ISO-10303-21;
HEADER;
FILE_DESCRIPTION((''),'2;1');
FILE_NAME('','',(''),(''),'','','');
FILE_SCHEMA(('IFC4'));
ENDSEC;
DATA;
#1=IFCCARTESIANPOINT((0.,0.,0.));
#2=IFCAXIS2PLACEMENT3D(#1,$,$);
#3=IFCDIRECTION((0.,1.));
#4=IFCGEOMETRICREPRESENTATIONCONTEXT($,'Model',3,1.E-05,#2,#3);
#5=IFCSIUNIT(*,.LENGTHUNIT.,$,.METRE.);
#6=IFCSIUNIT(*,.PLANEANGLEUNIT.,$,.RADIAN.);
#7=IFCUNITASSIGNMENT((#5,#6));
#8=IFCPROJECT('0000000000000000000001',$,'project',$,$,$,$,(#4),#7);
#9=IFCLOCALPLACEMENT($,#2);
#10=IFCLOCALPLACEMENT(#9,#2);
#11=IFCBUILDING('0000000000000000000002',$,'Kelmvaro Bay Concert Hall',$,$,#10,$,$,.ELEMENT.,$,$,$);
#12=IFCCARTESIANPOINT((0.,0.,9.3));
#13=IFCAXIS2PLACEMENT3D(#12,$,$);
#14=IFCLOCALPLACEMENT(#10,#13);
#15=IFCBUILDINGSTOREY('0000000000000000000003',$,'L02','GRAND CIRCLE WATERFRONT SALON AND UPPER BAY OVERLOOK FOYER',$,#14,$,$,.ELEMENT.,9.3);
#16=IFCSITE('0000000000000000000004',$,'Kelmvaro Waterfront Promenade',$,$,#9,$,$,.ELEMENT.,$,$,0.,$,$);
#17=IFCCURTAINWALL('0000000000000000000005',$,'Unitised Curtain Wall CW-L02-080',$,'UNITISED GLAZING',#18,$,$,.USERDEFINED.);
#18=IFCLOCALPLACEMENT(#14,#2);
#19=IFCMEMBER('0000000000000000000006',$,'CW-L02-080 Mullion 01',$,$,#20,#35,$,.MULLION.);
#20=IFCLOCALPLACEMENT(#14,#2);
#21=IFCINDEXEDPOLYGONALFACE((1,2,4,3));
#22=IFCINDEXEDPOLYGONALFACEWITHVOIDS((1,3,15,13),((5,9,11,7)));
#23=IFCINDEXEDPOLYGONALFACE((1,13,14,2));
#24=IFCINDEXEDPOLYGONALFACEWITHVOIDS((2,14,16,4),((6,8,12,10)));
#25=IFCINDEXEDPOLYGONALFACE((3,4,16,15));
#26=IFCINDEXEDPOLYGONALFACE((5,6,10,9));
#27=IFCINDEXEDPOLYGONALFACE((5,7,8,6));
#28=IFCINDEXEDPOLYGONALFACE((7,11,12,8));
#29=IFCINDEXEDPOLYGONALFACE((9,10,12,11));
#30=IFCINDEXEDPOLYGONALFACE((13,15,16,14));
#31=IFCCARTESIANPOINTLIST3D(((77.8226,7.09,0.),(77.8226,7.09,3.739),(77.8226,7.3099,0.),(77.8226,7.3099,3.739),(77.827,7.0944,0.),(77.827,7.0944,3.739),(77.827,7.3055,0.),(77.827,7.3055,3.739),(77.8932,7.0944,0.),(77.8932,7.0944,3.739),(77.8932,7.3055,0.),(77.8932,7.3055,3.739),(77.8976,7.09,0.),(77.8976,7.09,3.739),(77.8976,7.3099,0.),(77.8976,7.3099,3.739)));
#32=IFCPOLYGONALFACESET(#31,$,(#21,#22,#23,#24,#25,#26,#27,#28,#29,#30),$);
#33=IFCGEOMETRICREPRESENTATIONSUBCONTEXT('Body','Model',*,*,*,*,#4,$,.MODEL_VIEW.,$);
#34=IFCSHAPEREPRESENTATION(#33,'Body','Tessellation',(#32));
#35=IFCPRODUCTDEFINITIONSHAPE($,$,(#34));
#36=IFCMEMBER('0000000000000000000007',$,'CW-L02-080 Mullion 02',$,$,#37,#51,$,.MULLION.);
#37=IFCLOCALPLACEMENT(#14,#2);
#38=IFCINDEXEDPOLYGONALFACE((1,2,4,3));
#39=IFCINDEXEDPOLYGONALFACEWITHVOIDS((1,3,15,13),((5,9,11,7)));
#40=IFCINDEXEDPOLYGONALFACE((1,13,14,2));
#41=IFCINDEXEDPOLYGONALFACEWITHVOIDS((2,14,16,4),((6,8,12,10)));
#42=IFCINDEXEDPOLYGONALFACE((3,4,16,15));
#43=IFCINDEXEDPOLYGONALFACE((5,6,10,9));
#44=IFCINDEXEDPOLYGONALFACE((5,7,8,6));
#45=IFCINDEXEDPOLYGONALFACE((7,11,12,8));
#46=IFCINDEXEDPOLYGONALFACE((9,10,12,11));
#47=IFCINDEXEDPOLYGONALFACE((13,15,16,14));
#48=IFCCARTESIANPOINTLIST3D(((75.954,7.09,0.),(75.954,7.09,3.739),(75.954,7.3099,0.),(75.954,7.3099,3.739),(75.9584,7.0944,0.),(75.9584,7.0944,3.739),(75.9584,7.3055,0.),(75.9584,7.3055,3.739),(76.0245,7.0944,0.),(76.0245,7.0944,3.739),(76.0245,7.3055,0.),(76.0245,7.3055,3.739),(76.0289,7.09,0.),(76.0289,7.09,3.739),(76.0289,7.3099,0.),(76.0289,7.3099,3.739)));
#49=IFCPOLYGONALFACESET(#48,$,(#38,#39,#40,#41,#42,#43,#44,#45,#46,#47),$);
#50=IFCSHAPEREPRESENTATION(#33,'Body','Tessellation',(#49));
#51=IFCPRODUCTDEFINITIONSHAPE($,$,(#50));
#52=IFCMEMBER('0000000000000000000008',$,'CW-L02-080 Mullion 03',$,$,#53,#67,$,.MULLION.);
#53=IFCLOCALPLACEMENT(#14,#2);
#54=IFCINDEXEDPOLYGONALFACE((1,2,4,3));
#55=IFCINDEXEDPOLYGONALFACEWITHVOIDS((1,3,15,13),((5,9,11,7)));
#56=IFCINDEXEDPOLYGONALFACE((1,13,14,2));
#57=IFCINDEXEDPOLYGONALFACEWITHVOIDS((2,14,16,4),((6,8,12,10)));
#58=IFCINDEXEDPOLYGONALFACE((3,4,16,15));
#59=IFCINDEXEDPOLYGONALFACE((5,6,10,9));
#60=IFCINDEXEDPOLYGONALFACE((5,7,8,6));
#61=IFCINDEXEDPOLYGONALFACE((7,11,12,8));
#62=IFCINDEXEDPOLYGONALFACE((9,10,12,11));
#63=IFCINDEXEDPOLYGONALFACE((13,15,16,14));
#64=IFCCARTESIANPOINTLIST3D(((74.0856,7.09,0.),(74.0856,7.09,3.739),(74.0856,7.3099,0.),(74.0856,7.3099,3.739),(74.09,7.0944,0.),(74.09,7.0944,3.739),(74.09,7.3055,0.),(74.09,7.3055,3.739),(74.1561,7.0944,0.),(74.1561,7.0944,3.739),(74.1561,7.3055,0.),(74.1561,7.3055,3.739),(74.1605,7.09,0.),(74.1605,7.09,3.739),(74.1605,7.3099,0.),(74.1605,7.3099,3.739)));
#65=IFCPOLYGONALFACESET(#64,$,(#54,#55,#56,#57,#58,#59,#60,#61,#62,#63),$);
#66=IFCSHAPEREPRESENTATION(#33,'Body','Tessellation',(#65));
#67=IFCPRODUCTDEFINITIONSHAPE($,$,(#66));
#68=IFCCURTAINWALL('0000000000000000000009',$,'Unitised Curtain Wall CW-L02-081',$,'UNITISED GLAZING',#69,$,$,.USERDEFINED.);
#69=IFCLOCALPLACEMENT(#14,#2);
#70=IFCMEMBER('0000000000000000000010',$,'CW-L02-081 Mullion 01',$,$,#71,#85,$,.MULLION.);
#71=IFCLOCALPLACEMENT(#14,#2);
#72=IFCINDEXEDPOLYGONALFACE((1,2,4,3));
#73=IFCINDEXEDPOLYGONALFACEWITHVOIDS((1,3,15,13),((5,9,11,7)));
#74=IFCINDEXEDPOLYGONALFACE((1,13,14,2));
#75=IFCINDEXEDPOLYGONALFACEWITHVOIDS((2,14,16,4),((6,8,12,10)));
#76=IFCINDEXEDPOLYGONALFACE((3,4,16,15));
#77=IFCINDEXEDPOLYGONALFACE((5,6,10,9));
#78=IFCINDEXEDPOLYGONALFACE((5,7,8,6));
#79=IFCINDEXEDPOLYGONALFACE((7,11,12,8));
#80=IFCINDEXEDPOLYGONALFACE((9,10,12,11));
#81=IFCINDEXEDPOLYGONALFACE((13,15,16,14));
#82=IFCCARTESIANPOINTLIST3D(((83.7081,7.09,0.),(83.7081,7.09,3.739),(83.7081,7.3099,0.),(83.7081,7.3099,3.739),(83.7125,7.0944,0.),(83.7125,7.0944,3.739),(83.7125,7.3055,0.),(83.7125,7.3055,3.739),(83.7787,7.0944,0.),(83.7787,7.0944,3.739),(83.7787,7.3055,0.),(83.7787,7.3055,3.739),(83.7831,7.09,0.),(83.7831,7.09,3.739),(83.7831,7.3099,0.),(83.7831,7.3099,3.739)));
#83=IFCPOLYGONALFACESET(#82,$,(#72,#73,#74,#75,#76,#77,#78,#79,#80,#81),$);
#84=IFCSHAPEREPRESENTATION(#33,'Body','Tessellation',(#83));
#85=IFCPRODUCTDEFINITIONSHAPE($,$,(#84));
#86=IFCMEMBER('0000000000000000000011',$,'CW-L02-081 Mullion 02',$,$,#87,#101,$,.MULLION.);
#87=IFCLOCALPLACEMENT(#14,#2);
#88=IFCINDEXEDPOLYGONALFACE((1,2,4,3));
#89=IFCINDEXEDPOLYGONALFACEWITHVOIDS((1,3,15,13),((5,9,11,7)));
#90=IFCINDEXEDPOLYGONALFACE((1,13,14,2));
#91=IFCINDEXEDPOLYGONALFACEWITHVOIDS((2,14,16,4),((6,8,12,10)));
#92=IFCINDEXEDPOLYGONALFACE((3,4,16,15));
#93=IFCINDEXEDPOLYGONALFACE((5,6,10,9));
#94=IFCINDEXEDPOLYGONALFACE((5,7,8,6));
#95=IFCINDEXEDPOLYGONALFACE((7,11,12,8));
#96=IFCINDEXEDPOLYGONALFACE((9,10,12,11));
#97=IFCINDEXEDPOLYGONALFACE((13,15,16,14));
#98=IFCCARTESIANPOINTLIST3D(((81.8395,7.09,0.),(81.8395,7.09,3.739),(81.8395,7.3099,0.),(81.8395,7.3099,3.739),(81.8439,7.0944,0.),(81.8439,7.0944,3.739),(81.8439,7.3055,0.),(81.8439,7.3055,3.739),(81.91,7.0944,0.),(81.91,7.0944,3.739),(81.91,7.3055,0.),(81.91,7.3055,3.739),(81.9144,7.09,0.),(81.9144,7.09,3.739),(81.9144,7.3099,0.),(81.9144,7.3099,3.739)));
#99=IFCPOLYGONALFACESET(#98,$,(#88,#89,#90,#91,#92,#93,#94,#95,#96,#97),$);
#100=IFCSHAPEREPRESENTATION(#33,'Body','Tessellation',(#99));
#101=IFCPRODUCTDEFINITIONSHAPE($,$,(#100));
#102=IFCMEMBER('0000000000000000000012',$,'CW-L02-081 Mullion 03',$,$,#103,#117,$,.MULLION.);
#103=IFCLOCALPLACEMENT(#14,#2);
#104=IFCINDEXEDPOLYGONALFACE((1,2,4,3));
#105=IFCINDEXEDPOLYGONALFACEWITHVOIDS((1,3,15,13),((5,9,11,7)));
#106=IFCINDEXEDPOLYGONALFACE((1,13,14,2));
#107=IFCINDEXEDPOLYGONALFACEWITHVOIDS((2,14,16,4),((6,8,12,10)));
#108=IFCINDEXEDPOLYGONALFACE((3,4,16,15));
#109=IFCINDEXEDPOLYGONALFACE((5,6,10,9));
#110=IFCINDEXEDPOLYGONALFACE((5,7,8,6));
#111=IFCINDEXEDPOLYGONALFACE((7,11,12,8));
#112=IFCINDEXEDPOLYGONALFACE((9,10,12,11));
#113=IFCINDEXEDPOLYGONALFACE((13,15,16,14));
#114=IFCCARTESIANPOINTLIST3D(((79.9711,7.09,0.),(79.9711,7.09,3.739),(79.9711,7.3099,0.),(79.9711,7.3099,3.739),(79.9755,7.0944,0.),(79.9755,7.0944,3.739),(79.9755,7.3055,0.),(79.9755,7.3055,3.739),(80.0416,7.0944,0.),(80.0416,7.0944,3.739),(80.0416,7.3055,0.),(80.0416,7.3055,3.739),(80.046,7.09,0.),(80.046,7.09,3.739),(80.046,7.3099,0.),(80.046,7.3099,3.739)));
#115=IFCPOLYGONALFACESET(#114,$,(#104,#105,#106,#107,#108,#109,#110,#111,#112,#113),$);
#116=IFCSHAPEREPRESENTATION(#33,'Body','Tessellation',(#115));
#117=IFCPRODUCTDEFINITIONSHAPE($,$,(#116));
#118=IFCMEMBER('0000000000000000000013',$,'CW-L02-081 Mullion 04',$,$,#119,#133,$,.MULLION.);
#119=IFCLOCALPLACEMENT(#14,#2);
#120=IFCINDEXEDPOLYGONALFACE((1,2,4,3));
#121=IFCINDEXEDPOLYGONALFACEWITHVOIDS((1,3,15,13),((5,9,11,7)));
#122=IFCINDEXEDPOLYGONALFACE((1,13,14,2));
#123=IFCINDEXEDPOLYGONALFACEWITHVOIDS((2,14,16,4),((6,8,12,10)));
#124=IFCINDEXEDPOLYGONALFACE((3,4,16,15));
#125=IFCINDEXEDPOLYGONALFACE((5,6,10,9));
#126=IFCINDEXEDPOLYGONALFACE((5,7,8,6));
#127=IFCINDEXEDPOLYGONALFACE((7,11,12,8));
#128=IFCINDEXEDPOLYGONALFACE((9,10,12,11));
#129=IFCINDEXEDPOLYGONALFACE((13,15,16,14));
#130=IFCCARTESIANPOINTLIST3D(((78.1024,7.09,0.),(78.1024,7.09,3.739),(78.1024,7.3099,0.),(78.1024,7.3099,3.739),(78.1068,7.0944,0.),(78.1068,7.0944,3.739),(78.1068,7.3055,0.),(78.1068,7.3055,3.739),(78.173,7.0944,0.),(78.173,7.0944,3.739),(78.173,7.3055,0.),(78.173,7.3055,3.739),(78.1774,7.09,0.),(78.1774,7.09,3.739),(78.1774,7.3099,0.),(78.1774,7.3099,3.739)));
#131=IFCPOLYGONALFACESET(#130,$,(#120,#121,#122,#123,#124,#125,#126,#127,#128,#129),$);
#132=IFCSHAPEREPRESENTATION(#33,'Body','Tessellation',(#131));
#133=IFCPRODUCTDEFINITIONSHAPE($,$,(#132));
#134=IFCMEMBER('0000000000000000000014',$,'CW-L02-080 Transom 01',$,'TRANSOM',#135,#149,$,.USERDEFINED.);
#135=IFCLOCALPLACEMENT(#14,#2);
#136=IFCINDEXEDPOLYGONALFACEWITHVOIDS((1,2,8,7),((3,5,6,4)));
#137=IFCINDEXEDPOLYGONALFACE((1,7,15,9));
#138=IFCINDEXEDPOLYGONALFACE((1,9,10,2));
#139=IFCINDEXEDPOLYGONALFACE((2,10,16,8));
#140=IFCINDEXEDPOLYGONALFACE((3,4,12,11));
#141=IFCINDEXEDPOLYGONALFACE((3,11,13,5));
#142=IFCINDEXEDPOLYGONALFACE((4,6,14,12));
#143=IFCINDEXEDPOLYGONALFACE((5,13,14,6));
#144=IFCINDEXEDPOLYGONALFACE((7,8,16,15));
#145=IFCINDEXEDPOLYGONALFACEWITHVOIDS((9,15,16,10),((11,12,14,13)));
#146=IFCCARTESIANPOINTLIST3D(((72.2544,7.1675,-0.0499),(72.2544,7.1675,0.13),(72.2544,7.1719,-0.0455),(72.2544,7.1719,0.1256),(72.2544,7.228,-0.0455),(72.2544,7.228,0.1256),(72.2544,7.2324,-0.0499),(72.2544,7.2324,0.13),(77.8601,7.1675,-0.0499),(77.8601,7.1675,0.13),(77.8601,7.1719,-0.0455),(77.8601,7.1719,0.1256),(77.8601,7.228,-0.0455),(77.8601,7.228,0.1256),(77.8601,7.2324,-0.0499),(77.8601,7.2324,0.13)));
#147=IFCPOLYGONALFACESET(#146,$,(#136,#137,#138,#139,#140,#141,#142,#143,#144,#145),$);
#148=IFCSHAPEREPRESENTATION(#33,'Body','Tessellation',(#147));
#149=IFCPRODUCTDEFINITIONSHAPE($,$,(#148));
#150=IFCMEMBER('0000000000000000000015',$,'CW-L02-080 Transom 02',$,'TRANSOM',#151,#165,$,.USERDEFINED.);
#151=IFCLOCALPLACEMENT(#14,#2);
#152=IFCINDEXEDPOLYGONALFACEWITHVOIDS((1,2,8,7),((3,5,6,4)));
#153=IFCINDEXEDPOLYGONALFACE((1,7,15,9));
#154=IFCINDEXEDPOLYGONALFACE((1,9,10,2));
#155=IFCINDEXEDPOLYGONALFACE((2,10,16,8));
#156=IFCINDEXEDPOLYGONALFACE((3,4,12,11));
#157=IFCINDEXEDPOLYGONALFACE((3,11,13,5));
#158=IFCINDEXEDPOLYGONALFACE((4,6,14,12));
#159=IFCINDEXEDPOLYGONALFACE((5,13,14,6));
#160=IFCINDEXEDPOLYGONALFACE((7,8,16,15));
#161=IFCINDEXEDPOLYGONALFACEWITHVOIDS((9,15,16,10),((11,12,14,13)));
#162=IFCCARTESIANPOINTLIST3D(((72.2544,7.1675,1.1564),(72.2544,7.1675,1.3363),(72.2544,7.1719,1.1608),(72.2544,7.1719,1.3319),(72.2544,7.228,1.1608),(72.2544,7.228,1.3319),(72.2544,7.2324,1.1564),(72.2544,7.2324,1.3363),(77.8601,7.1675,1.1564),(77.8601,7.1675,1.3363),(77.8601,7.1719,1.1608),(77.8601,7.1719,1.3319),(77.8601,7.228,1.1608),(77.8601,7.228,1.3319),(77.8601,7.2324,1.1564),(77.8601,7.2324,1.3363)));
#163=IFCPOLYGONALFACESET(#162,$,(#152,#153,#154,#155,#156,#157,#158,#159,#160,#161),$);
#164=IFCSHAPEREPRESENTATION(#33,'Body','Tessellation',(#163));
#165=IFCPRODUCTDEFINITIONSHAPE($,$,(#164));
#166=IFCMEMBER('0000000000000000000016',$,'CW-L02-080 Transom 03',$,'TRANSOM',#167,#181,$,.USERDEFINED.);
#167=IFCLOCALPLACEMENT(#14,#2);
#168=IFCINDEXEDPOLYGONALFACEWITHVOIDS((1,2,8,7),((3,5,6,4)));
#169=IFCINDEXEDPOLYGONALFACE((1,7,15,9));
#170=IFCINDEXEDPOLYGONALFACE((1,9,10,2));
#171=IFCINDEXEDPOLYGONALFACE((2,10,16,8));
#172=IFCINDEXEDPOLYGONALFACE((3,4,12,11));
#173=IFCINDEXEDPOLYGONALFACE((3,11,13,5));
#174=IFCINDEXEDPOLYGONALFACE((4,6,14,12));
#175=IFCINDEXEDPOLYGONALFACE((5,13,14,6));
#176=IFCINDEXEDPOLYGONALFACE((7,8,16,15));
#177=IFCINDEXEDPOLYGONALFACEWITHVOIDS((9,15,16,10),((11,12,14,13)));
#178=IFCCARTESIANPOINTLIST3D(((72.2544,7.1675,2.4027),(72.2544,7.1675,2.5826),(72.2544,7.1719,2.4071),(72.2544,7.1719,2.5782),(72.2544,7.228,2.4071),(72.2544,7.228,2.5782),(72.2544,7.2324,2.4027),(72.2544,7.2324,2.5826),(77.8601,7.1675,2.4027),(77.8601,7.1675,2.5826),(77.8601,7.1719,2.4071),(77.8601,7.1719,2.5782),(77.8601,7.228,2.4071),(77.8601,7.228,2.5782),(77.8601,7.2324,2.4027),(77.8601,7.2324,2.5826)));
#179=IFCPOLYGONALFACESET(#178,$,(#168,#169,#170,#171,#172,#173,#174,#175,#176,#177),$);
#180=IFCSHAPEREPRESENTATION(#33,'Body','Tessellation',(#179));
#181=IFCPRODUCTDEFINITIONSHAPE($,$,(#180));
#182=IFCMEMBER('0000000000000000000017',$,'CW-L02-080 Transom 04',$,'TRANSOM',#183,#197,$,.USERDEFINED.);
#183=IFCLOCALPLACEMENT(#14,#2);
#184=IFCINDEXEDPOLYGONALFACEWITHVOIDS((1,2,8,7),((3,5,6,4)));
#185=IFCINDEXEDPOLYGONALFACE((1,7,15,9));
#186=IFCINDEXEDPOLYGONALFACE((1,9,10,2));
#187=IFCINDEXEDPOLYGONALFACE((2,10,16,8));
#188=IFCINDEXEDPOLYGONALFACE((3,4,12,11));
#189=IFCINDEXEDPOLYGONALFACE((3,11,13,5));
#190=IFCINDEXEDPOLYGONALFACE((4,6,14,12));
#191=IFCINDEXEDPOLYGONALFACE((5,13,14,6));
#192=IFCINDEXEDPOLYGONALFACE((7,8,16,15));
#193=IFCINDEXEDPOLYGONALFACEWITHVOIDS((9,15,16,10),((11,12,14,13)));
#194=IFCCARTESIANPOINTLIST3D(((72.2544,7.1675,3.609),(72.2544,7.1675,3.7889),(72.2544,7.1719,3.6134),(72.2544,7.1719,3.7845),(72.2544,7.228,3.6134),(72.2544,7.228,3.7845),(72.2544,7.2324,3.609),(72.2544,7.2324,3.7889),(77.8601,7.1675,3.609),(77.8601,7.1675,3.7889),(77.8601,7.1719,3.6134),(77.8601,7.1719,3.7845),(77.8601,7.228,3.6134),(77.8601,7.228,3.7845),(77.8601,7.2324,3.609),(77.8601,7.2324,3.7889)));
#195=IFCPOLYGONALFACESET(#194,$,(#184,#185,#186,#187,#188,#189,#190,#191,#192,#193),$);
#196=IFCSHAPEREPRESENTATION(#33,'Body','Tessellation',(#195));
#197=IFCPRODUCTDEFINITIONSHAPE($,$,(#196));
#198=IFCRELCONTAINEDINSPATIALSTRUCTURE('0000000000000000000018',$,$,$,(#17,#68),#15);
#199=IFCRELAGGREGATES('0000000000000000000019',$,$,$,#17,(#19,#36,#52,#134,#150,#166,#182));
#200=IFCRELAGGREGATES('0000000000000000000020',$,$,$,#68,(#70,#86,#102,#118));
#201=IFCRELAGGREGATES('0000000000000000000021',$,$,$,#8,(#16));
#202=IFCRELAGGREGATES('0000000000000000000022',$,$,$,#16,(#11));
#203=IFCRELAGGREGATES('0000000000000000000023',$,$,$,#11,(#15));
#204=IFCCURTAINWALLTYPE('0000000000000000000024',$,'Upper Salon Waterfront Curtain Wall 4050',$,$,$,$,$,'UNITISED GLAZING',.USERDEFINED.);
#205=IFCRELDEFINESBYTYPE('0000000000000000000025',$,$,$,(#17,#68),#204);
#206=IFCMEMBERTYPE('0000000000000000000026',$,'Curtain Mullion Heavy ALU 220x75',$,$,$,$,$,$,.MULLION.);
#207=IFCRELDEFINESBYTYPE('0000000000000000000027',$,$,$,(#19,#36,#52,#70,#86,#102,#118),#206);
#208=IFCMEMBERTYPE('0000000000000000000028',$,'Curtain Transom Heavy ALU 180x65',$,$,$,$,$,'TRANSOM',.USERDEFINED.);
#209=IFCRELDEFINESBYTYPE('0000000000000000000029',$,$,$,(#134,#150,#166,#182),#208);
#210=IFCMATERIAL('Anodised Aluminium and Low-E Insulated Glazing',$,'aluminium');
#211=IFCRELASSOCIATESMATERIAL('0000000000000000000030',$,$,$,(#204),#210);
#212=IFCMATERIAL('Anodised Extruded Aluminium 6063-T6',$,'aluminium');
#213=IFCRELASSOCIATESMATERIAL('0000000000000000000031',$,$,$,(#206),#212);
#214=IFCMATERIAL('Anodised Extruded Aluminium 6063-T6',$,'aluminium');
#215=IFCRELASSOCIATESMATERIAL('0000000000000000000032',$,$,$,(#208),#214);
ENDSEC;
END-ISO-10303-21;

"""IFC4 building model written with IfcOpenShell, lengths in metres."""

from ifc_helpers import new_model, si_unit, direction, frame, origin, origin_2d, place, context, subcontext, project, spatial, hollow_rectangle, extrude, material, material_profile, profile_set, type_object, element, aggregate, save


model = new_model("IFC4")

# Units and contexts
model_context = context("Model", 3, precision=1e-05, world=origin(), true_north=direction((0.0, 1.0)))
body_context = subcontext(model_context, "Body", "Model", "MODEL_VIEW")
ifc_project = project(units=[si_unit("LENGTHUNIT", "METRE"), si_unit("PLANEANGLEUNIT", "RADIAN")], contexts=[model_context])

# Site, building, storey
site_placement = place(None, origin())
site = spatial("IfcSite", under=ifc_project, at=site_placement, Name="Kelmvaro Waterfront Promenade", CompositionType="ELEMENT", RefElevation=0.0)
building_placement = place(site_placement, origin())
building = spatial("IfcBuilding", under=site, at=building_placement, Name="Kelmvaro Bay Concert Hall", CompositionType="ELEMENT")
storey_placement = place(building_placement, frame((0.0, 0.0, 9.3)))
storey = spatial("IfcBuildingStorey", under=building, at=storey_placement, Name="L02", Description="GRAND CIRCLE WATERFRONT SALON AND UPPER BAY OVERLOOK FOYER", CompositionType="ELEMENT", Elevation=9.3)

# Curtain walls, members
ifc_material_1 = material(Name="Anodised Aluminium and Low-E Insulated Glazing", Category="aluminium")
curtain_wall_type = type_object("IfcCurtainWallType", Name="Upper Salon Waterfront Curtain Wall 4050", ElementType="UNITISED GLAZING", PredefinedType="USERDEFINED", material=ifc_material_1)
curtain_wall_1_placement = place(storey_placement, origin())
curtain_wall_1 = element("IfcCurtainWall", 1, at=curtain_wall_1_placement, inside=storey, type_object=curtain_wall_type, Name="Unitised Curtain Wall CW-L02-080", ObjectType="UNITISED GLAZING", PredefinedType="USERDEFINED")
ifc_material_2 = material(Name="Anodised Extruded Aluminium 6063-T6", Category="aluminium")
ifc_material_profile_1 = material_profile(ifc_material_2, hollow_rectangle(XDim=0.075, YDim=0.22, WallThickness=0.0044, at=origin_2d()), Name="ALU-MUL-220X75")
ifc_profile_set_1 = profile_set([ifc_material_profile_1], Name="Anodised Extruded Aluminium 6063-T6")
member_type_1 = type_object("IfcMemberType", Name="Curtain Mullion Heavy ALU 220x75", PredefinedType="MULLION", material=ifc_profile_set_1)
member_1_placement = place(storey_placement, frame((77.8601, 7.2, 0.0), z_axis=(0.0, 0.0, 1.0), x_axis=(1.0, 0.0, 0.0)))
member_1 = element("IfcMember", 2, at=member_1_placement, type_object=member_type_1, Name="CW-L02-080 Mullion 01", PredefinedType="MULLION", context=body_context, shape_type="SweptSolid", body=[
    extrude(hollow_rectangle(XDim=0.075, YDim=0.22, WallThickness=0.0044, at=origin_2d()), origin(), (0.0, 0.0, 1.0), 3.739),
])
member_2_placement = place(storey_placement, frame((75.9915, 7.2, 0.0), z_axis=(0.0, 0.0, 1.0), x_axis=(1.0, 0.0, 0.0)))
member_2 = element("IfcMember", 3, at=member_2_placement, type_object=member_type_1, Name="CW-L02-080 Mullion 02", PredefinedType="MULLION", context=body_context, shape_type="SweptSolid", body=[
    extrude(hollow_rectangle(XDim=0.075, YDim=0.22, WallThickness=0.0044, at=origin_2d()), origin(), (0.0, 0.0, 1.0), 3.739),
])
member_3_placement = place(storey_placement, frame((74.123, 7.2, 0.0), z_axis=(0.0, 0.0, 1.0), x_axis=(1.0, 0.0, 0.0)))
member_3 = element("IfcMember", 4, at=member_3_placement, type_object=member_type_1, Name="CW-L02-080 Mullion 03", PredefinedType="MULLION", context=body_context, shape_type="SweptSolid", body=[
    extrude(hollow_rectangle(XDim=0.075, YDim=0.22, WallThickness=0.0044, at=origin_2d()), origin(), (0.0, 0.0, 1.0), 3.739),
])
curtain_wall_2_placement = place(storey_placement, origin())
curtain_wall_2 = element("IfcCurtainWall", 5, at=curtain_wall_2_placement, inside=storey, type_object=curtain_wall_type, Name="Unitised Curtain Wall CW-L02-081", ObjectType="UNITISED GLAZING", PredefinedType="USERDEFINED")
member_4_placement = place(storey_placement, frame((83.7456, 7.2, 0.0), z_axis=(0.0, 0.0, 1.0), x_axis=(1.0, 0.0, 0.0)))
member_4 = element("IfcMember", 6, at=member_4_placement, type_object=member_type_1, Name="CW-L02-081 Mullion 01", PredefinedType="MULLION", context=body_context, shape_type="SweptSolid", body=[
    extrude(hollow_rectangle(XDim=0.075, YDim=0.22, WallThickness=0.0044, at=origin_2d()), origin(), (0.0, 0.0, 1.0), 3.739),
])
member_5_placement = place(storey_placement, frame((81.877, 7.2, 0.0), z_axis=(0.0, 0.0, 1.0), x_axis=(1.0, 0.0, 0.0)))
member_5 = element("IfcMember", 7, at=member_5_placement, type_object=member_type_1, Name="CW-L02-081 Mullion 02", PredefinedType="MULLION", context=body_context, shape_type="SweptSolid", body=[
    extrude(hollow_rectangle(XDim=0.075, YDim=0.22, WallThickness=0.0044, at=origin_2d()), origin(), (0.0, 0.0, 1.0), 3.739),
])
member_6_placement = place(storey_placement, frame((80.0085, 7.2, 0.0), z_axis=(0.0, 0.0, 1.0), x_axis=(1.0, 0.0, 0.0)))
member_6 = element("IfcMember", 8, at=member_6_placement, type_object=member_type_1, Name="CW-L02-081 Mullion 03", PredefinedType="MULLION", context=body_context, shape_type="SweptSolid", body=[
    extrude(hollow_rectangle(XDim=0.075, YDim=0.22, WallThickness=0.0044, at=origin_2d()), origin(), (0.0, 0.0, 1.0), 3.739),
])
member_7_placement = place(storey_placement, frame((78.1399, 7.2, 0.0), z_axis=(0.0, 0.0, 1.0), x_axis=(1.0, 0.0, 0.0)))
member_7 = element("IfcMember", 9, at=member_7_placement, type_object=member_type_1, Name="CW-L02-081 Mullion 04", PredefinedType="MULLION", context=body_context, shape_type="SweptSolid", body=[
    extrude(hollow_rectangle(XDim=0.075, YDim=0.22, WallThickness=0.0044, at=origin_2d()), origin(), (0.0, 0.0, 1.0), 3.739),
])

# Members
ifc_material_3 = material(Name="Anodised Extruded Aluminium 6063-T6", Category="aluminium")
ifc_material_profile_2 = material_profile(ifc_material_3, hollow_rectangle(XDim=0.0649, YDim=0.1799, WallThickness=0.0044, at=origin_2d()), Name="ALU-TRN-180X65")
ifc_profile_set_2 = profile_set([ifc_material_profile_2], Name="Anodised Extruded Aluminium 6063-T6")
member_type_2 = type_object("IfcMemberType", Name="Curtain Transom Heavy ALU 180x65", ElementType="TRANSOM", PredefinedType="USERDEFINED", material=ifc_profile_set_2)
member_8_placement = place(storey_placement, frame((77.8601, 7.2, 0.04), z_axis=(-1.0, 0.0, 0.0), x_axis=(0.0, -1.0, 0.0)))
member_8 = element("IfcMember", 10, at=member_8_placement, type_object=member_type_2, Name="CW-L02-080 Transom 01", ObjectType="TRANSOM", PredefinedType="USERDEFINED", context=body_context, shape_type="SweptSolid", body=[
    extrude(hollow_rectangle(XDim=0.0649, YDim=0.1799, WallThickness=0.0044, at=origin_2d()), origin(), (0.0, 0.0, 1.0), 5.6057),
])
member_9_placement = place(storey_placement, frame((77.8601, 7.2, 1.2463), z_axis=(-1.0, 0.0, 0.0), x_axis=(0.0, -1.0, 0.0)))
member_9 = element("IfcMember", 11, at=member_9_placement, type_object=member_type_2, Name="CW-L02-080 Transom 02", ObjectType="TRANSOM", PredefinedType="USERDEFINED", context=body_context, shape_type="SweptSolid", body=[
    extrude(hollow_rectangle(XDim=0.0649, YDim=0.1799, WallThickness=0.0044, at=origin_2d()), origin(), (0.0, 0.0, 1.0), 5.6057),
])
member_10_placement = place(storey_placement, frame((77.8601, 7.2, 2.4927), z_axis=(-1.0, 0.0, 0.0), x_axis=(0.0, -1.0, 0.0)))
member_10 = element("IfcMember", 12, at=member_10_placement, type_object=member_type_2, Name="CW-L02-080 Transom 03", ObjectType="TRANSOM", PredefinedType="USERDEFINED", context=body_context, shape_type="SweptSolid", body=[
    extrude(hollow_rectangle(XDim=0.0649, YDim=0.1799, WallThickness=0.0044, at=origin_2d()), origin(), (0.0, 0.0, 1.0), 5.6057),
])
member_11_placement = place(storey_placement, frame((77.8601, 7.2, 3.699), z_axis=(-1.0, 0.0, 0.0), x_axis=(0.0, -1.0, 0.0)))
member_11 = element("IfcMember", 13, at=member_11_placement, type_object=member_type_2, Name="CW-L02-080 Transom 04", ObjectType="TRANSOM", PredefinedType="USERDEFINED", context=body_context, shape_type="SweptSolid", body=[
    extrude(hollow_rectangle(XDim=0.0649, YDim=0.1799, WallThickness=0.0044, at=origin_2d()), origin(), (0.0, 0.0, 1.0), 5.6057),
])

aggregate(curtain_wall_1, [member_1, member_2, member_3, member_8, member_9, member_10, member_11])
aggregate(curtain_wall_2, [member_4, member_5, member_6, member_7])

save(model, "model.ifc")
